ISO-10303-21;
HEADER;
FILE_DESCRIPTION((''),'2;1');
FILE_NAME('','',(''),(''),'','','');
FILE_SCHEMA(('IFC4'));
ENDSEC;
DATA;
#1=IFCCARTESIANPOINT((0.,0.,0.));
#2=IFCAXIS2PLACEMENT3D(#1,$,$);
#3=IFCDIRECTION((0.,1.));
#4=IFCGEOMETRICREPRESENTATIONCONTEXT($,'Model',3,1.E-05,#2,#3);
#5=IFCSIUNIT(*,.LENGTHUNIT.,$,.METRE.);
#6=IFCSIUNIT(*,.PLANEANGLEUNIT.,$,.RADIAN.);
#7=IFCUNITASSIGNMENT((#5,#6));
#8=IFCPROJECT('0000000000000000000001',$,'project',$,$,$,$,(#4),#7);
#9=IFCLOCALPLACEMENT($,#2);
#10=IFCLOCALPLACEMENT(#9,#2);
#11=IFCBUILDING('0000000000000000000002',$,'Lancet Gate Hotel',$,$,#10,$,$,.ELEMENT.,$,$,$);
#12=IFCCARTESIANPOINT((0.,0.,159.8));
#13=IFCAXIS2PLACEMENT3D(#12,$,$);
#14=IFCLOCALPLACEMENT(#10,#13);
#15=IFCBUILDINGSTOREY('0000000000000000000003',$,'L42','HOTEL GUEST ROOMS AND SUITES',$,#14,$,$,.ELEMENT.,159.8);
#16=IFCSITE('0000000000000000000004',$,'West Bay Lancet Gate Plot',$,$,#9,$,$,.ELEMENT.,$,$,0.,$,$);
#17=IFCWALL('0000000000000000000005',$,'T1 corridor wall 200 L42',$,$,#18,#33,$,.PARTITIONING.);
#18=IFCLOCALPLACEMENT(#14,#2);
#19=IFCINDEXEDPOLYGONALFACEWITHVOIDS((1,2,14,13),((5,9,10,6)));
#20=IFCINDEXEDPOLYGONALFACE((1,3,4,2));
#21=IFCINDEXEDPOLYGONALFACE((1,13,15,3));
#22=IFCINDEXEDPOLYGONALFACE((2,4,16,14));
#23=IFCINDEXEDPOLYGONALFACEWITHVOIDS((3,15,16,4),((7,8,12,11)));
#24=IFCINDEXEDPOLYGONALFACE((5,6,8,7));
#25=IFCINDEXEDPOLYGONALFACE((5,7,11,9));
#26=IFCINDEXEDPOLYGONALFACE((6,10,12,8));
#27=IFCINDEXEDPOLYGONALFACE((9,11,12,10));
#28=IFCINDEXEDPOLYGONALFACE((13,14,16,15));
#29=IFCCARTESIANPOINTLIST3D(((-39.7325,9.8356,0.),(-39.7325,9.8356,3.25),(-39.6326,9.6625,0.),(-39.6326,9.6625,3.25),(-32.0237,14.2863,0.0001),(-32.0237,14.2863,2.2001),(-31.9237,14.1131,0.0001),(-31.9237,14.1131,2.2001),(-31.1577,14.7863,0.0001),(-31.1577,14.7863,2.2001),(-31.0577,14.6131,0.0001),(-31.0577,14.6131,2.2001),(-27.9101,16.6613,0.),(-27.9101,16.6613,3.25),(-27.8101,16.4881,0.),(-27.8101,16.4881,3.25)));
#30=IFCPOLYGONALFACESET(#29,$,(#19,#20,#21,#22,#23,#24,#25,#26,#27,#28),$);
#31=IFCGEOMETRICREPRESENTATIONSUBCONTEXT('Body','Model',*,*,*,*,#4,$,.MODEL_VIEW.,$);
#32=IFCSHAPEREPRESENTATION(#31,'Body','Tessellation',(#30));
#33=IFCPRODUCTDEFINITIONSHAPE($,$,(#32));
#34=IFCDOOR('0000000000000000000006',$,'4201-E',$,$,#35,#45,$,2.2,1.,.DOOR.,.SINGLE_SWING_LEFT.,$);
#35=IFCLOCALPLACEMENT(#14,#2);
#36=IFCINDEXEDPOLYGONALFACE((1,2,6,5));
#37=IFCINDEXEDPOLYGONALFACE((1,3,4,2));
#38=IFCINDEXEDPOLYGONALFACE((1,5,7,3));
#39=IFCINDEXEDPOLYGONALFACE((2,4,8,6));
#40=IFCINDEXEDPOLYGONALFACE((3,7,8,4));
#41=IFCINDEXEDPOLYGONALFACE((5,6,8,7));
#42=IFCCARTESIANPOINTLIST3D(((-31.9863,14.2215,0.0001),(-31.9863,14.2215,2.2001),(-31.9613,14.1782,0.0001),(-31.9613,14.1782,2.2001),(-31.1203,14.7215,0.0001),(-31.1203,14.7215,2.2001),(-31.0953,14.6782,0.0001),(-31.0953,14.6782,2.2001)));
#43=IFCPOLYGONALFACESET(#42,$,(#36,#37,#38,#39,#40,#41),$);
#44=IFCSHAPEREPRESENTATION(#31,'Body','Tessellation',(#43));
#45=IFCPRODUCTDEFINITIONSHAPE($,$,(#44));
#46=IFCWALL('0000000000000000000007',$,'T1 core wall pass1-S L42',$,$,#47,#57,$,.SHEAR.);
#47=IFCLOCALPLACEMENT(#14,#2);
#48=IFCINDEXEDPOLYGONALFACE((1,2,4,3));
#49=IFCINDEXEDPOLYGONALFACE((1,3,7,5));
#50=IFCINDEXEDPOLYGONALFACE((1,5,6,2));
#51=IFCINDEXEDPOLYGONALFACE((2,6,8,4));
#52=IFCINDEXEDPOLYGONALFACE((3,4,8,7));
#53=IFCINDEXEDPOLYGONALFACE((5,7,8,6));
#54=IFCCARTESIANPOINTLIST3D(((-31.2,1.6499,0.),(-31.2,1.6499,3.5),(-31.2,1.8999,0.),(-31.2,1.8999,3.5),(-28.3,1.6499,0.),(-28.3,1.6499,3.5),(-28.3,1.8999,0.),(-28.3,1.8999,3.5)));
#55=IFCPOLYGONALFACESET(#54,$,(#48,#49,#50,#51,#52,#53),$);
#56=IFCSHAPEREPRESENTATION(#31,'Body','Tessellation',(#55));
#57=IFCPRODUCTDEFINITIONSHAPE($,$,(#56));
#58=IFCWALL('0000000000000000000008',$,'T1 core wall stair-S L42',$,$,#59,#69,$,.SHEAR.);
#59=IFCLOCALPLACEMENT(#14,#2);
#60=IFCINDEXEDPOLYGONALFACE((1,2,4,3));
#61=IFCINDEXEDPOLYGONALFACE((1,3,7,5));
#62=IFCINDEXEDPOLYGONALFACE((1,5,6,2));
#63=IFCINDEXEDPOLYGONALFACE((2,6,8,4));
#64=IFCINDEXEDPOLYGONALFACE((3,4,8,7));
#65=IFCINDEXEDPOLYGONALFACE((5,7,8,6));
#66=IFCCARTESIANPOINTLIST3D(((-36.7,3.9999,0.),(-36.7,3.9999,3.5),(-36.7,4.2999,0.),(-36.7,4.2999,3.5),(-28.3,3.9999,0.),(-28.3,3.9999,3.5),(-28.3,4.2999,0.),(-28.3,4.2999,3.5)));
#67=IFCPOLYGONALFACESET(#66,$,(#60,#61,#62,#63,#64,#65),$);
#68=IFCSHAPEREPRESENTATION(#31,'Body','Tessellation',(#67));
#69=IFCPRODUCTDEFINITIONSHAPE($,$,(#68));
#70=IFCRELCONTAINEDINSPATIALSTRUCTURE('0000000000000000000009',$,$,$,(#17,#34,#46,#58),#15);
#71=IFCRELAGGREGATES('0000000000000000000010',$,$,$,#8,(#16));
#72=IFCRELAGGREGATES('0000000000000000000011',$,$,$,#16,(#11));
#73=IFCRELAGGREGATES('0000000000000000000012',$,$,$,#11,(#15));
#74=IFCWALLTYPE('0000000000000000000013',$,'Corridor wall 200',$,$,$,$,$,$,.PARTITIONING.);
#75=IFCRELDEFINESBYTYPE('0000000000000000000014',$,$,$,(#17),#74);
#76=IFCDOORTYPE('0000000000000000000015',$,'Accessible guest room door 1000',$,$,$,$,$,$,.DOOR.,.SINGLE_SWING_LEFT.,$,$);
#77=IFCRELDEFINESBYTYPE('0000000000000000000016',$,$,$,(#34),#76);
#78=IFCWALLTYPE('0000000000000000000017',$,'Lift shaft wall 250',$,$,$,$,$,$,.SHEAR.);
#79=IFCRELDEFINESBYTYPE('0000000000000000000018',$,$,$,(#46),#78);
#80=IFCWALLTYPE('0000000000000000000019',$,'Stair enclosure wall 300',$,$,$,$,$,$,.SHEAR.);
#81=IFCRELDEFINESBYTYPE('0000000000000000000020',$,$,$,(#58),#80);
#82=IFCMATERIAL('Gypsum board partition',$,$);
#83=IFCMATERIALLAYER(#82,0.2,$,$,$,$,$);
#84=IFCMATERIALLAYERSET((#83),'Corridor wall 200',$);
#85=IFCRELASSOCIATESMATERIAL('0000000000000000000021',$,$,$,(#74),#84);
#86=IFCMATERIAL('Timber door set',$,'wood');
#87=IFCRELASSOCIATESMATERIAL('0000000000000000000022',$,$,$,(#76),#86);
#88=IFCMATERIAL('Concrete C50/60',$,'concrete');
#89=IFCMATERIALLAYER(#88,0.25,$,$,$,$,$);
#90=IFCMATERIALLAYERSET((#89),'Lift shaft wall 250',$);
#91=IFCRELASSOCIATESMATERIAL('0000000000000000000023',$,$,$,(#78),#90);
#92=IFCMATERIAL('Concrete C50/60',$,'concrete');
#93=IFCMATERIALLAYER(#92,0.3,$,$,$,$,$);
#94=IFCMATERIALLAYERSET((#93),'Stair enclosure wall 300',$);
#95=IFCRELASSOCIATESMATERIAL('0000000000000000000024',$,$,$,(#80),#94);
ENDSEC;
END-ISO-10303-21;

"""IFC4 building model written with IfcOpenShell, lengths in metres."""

from ifc_helpers import new_model, si_unit, direction, frame, frame_2d, origin, place, context, subcontext, project, spatial, rectangle, extrude, material, layer, layer_set, type_object, element, fill, save


model = new_model("IFC4")

# Units and contexts
model_context = context("Model", 3, precision=1e-05, world=origin(), true_north=direction((0.0, 1.0)))
body_context = subcontext(model_context, "Body", "Model", "MODEL_VIEW")
ifc_project = project(units=[si_unit("LENGTHUNIT", "METRE"), si_unit("PLANEANGLEUNIT", "RADIAN")], contexts=[model_context])

# Site, building, storey
site_placement = place(None, origin())
site = spatial("IfcSite", under=ifc_project, at=site_placement, Name="West Bay Lancet Gate Plot", CompositionType="ELEMENT", RefElevation=0.0)
building_placement = place(site_placement, origin())
building = spatial("IfcBuilding", under=site, at=building_placement, Name="Lancet Gate Hotel", CompositionType="ELEMENT")
storey_placement = place(building_placement, frame((0.0, 0.0, 159.8)))
storey = spatial("IfcBuildingStorey", under=building, at=storey_placement, Name="L42", Description="HOTEL GUEST ROOMS AND SUITES", CompositionType="ELEMENT", Elevation=159.8)

# Wall, opening, door
ifc_material_1 = material(Name="Gypsum board partition")
ifc_layer_1 = layer(ifc_material_1, 0.2)
ifc_layer_set_1 = layer_set([ifc_layer_1], Name="Corridor wall 200")
wall_type_1 = type_object("IfcWallType", Name="Corridor wall 200", PredefinedType="PARTITIONING", material=ifc_layer_set_1)
wall_1_placement = place(storey_placement, frame((-27.8601, 16.5747, 0.0), z_axis=(0.0, 0.0, 1.0), x_axis=(-0.866027, -0.499997, 0.0)))
wall_1 = element("IfcWall", 1, at=wall_1_placement, inside=storey, type_object=wall_type_1, Name="T1 corridor wall 200 L42", PredefinedType="PARTITIONING", context=body_context, shape_type="SweptSolid", body=[
    extrude(rectangle(XDim=13.6514, YDim=0.2, at=frame_2d((6.8257, 0.0))), origin(), (0.0, 0.0, 1.0), 3.25),
])
opening_1_placement = place(wall_1_placement, frame((3.75, 0.0, 0.0)))
opening_1 = element("IfcOpeningElement", 2, at=opening_1_placement, cuts=wall_1, PredefinedType="OPENING", context=body_context, shape_type="SweptSolid", body=[
    extrude(rectangle(XDim=1.0, YDim=2.2, at=frame_2d((0.5, 1.1001))), frame((0.0, 0.1099, 0.0), z_axis=(0.0, -1.0, 0.0), x_axis=(1.0, 0.0, 0.0)), (0.0, 0.0, 1.0), 0.22),
])
ifc_material_2 = material(Name="Timber door set", Category="wood")
door_type_1 = type_object("IfcDoorType", Name="Accessible guest room door 1000", OperationType="SINGLE_SWING_LEFT", PredefinedType="DOOR", material=ifc_material_2)
door_1_placement = place(opening_1_placement, origin())
door_1 = element("IfcDoor", 3, at=door_1_placement, inside=storey, type_object=door_type_1, Name="4201-E", OperationType="SINGLE_SWING_LEFT", OverallHeight=2.2, OverallWidth=1.0, PredefinedType="DOOR", context=body_context, shape_type="SweptSolid", body=[
    extrude(rectangle(XDim=1.0, YDim=2.2, at=frame_2d((0.5, 1.1001))), frame((0.0, 0.0249, 0.0), z_axis=(0.0, -1.0, 0.0), x_axis=(1.0, 0.0, 0.0)), (0.0, 0.0, 1.0), 0.05),
])
fill(opening_1, door_1)

# Walls
ifc_material_3 = material(Name="Concrete C50/60", Category="concrete")
ifc_layer_2 = layer(ifc_material_3, 0.25)
ifc_layer_set_2 = layer_set([ifc_layer_2], Name="Lift shaft wall 250")
wall_type_2 = type_object("IfcWallType", Name="Lift shaft wall 250", PredefinedType="SHEAR", material=ifc_layer_set_2)
wall_2_placement = place(storey_placement, frame((-28.3, 1.7749, 0.0), z_axis=(0.0, 0.0, 1.0), x_axis=(-1.0, 0.0, 0.0)))
element("IfcWall", 4, at=wall_2_placement, inside=storey, type_object=wall_type_2, Name="T1 core wall pass1-S L42", PredefinedType="SHEAR", context=body_context, shape_type="SweptSolid", body=[
    extrude(rectangle(XDim=2.8999, YDim=0.25, at=frame_2d((1.45, 0.0))), origin(), (0.0, 0.0, 1.0), 3.5),
])
ifc_material_4 = material(Name="Concrete C50/60", Category="concrete")
ifc_layer_3 = layer(ifc_material_4, 0.3)
ifc_layer_set_3 = layer_set([ifc_layer_3], Name="Stair enclosure wall 300")
wall_type_3 = type_object("IfcWallType", Name="Stair enclosure wall 300", PredefinedType="SHEAR", material=ifc_layer_set_3)
wall_3_placement = place(storey_placement, frame((-28.3, 4.1499, 0.0), z_axis=(0.0, 0.0, 1.0), x_axis=(-1.0, 0.0, 0.0)))
element("IfcWall", 5, at=wall_3_placement, inside=storey, type_object=wall_type_3, Name="T1 core wall stair-S L42", PredefinedType="SHEAR", context=body_context, shape_type="SweptSolid", body=[
    extrude(rectangle(XDim=8.3999, YDim=0.3, at=frame_2d((4.2, 0.0))), origin(), (0.0, 0.0, 1.0), 3.5),
])

save(model, "model.ifc")
